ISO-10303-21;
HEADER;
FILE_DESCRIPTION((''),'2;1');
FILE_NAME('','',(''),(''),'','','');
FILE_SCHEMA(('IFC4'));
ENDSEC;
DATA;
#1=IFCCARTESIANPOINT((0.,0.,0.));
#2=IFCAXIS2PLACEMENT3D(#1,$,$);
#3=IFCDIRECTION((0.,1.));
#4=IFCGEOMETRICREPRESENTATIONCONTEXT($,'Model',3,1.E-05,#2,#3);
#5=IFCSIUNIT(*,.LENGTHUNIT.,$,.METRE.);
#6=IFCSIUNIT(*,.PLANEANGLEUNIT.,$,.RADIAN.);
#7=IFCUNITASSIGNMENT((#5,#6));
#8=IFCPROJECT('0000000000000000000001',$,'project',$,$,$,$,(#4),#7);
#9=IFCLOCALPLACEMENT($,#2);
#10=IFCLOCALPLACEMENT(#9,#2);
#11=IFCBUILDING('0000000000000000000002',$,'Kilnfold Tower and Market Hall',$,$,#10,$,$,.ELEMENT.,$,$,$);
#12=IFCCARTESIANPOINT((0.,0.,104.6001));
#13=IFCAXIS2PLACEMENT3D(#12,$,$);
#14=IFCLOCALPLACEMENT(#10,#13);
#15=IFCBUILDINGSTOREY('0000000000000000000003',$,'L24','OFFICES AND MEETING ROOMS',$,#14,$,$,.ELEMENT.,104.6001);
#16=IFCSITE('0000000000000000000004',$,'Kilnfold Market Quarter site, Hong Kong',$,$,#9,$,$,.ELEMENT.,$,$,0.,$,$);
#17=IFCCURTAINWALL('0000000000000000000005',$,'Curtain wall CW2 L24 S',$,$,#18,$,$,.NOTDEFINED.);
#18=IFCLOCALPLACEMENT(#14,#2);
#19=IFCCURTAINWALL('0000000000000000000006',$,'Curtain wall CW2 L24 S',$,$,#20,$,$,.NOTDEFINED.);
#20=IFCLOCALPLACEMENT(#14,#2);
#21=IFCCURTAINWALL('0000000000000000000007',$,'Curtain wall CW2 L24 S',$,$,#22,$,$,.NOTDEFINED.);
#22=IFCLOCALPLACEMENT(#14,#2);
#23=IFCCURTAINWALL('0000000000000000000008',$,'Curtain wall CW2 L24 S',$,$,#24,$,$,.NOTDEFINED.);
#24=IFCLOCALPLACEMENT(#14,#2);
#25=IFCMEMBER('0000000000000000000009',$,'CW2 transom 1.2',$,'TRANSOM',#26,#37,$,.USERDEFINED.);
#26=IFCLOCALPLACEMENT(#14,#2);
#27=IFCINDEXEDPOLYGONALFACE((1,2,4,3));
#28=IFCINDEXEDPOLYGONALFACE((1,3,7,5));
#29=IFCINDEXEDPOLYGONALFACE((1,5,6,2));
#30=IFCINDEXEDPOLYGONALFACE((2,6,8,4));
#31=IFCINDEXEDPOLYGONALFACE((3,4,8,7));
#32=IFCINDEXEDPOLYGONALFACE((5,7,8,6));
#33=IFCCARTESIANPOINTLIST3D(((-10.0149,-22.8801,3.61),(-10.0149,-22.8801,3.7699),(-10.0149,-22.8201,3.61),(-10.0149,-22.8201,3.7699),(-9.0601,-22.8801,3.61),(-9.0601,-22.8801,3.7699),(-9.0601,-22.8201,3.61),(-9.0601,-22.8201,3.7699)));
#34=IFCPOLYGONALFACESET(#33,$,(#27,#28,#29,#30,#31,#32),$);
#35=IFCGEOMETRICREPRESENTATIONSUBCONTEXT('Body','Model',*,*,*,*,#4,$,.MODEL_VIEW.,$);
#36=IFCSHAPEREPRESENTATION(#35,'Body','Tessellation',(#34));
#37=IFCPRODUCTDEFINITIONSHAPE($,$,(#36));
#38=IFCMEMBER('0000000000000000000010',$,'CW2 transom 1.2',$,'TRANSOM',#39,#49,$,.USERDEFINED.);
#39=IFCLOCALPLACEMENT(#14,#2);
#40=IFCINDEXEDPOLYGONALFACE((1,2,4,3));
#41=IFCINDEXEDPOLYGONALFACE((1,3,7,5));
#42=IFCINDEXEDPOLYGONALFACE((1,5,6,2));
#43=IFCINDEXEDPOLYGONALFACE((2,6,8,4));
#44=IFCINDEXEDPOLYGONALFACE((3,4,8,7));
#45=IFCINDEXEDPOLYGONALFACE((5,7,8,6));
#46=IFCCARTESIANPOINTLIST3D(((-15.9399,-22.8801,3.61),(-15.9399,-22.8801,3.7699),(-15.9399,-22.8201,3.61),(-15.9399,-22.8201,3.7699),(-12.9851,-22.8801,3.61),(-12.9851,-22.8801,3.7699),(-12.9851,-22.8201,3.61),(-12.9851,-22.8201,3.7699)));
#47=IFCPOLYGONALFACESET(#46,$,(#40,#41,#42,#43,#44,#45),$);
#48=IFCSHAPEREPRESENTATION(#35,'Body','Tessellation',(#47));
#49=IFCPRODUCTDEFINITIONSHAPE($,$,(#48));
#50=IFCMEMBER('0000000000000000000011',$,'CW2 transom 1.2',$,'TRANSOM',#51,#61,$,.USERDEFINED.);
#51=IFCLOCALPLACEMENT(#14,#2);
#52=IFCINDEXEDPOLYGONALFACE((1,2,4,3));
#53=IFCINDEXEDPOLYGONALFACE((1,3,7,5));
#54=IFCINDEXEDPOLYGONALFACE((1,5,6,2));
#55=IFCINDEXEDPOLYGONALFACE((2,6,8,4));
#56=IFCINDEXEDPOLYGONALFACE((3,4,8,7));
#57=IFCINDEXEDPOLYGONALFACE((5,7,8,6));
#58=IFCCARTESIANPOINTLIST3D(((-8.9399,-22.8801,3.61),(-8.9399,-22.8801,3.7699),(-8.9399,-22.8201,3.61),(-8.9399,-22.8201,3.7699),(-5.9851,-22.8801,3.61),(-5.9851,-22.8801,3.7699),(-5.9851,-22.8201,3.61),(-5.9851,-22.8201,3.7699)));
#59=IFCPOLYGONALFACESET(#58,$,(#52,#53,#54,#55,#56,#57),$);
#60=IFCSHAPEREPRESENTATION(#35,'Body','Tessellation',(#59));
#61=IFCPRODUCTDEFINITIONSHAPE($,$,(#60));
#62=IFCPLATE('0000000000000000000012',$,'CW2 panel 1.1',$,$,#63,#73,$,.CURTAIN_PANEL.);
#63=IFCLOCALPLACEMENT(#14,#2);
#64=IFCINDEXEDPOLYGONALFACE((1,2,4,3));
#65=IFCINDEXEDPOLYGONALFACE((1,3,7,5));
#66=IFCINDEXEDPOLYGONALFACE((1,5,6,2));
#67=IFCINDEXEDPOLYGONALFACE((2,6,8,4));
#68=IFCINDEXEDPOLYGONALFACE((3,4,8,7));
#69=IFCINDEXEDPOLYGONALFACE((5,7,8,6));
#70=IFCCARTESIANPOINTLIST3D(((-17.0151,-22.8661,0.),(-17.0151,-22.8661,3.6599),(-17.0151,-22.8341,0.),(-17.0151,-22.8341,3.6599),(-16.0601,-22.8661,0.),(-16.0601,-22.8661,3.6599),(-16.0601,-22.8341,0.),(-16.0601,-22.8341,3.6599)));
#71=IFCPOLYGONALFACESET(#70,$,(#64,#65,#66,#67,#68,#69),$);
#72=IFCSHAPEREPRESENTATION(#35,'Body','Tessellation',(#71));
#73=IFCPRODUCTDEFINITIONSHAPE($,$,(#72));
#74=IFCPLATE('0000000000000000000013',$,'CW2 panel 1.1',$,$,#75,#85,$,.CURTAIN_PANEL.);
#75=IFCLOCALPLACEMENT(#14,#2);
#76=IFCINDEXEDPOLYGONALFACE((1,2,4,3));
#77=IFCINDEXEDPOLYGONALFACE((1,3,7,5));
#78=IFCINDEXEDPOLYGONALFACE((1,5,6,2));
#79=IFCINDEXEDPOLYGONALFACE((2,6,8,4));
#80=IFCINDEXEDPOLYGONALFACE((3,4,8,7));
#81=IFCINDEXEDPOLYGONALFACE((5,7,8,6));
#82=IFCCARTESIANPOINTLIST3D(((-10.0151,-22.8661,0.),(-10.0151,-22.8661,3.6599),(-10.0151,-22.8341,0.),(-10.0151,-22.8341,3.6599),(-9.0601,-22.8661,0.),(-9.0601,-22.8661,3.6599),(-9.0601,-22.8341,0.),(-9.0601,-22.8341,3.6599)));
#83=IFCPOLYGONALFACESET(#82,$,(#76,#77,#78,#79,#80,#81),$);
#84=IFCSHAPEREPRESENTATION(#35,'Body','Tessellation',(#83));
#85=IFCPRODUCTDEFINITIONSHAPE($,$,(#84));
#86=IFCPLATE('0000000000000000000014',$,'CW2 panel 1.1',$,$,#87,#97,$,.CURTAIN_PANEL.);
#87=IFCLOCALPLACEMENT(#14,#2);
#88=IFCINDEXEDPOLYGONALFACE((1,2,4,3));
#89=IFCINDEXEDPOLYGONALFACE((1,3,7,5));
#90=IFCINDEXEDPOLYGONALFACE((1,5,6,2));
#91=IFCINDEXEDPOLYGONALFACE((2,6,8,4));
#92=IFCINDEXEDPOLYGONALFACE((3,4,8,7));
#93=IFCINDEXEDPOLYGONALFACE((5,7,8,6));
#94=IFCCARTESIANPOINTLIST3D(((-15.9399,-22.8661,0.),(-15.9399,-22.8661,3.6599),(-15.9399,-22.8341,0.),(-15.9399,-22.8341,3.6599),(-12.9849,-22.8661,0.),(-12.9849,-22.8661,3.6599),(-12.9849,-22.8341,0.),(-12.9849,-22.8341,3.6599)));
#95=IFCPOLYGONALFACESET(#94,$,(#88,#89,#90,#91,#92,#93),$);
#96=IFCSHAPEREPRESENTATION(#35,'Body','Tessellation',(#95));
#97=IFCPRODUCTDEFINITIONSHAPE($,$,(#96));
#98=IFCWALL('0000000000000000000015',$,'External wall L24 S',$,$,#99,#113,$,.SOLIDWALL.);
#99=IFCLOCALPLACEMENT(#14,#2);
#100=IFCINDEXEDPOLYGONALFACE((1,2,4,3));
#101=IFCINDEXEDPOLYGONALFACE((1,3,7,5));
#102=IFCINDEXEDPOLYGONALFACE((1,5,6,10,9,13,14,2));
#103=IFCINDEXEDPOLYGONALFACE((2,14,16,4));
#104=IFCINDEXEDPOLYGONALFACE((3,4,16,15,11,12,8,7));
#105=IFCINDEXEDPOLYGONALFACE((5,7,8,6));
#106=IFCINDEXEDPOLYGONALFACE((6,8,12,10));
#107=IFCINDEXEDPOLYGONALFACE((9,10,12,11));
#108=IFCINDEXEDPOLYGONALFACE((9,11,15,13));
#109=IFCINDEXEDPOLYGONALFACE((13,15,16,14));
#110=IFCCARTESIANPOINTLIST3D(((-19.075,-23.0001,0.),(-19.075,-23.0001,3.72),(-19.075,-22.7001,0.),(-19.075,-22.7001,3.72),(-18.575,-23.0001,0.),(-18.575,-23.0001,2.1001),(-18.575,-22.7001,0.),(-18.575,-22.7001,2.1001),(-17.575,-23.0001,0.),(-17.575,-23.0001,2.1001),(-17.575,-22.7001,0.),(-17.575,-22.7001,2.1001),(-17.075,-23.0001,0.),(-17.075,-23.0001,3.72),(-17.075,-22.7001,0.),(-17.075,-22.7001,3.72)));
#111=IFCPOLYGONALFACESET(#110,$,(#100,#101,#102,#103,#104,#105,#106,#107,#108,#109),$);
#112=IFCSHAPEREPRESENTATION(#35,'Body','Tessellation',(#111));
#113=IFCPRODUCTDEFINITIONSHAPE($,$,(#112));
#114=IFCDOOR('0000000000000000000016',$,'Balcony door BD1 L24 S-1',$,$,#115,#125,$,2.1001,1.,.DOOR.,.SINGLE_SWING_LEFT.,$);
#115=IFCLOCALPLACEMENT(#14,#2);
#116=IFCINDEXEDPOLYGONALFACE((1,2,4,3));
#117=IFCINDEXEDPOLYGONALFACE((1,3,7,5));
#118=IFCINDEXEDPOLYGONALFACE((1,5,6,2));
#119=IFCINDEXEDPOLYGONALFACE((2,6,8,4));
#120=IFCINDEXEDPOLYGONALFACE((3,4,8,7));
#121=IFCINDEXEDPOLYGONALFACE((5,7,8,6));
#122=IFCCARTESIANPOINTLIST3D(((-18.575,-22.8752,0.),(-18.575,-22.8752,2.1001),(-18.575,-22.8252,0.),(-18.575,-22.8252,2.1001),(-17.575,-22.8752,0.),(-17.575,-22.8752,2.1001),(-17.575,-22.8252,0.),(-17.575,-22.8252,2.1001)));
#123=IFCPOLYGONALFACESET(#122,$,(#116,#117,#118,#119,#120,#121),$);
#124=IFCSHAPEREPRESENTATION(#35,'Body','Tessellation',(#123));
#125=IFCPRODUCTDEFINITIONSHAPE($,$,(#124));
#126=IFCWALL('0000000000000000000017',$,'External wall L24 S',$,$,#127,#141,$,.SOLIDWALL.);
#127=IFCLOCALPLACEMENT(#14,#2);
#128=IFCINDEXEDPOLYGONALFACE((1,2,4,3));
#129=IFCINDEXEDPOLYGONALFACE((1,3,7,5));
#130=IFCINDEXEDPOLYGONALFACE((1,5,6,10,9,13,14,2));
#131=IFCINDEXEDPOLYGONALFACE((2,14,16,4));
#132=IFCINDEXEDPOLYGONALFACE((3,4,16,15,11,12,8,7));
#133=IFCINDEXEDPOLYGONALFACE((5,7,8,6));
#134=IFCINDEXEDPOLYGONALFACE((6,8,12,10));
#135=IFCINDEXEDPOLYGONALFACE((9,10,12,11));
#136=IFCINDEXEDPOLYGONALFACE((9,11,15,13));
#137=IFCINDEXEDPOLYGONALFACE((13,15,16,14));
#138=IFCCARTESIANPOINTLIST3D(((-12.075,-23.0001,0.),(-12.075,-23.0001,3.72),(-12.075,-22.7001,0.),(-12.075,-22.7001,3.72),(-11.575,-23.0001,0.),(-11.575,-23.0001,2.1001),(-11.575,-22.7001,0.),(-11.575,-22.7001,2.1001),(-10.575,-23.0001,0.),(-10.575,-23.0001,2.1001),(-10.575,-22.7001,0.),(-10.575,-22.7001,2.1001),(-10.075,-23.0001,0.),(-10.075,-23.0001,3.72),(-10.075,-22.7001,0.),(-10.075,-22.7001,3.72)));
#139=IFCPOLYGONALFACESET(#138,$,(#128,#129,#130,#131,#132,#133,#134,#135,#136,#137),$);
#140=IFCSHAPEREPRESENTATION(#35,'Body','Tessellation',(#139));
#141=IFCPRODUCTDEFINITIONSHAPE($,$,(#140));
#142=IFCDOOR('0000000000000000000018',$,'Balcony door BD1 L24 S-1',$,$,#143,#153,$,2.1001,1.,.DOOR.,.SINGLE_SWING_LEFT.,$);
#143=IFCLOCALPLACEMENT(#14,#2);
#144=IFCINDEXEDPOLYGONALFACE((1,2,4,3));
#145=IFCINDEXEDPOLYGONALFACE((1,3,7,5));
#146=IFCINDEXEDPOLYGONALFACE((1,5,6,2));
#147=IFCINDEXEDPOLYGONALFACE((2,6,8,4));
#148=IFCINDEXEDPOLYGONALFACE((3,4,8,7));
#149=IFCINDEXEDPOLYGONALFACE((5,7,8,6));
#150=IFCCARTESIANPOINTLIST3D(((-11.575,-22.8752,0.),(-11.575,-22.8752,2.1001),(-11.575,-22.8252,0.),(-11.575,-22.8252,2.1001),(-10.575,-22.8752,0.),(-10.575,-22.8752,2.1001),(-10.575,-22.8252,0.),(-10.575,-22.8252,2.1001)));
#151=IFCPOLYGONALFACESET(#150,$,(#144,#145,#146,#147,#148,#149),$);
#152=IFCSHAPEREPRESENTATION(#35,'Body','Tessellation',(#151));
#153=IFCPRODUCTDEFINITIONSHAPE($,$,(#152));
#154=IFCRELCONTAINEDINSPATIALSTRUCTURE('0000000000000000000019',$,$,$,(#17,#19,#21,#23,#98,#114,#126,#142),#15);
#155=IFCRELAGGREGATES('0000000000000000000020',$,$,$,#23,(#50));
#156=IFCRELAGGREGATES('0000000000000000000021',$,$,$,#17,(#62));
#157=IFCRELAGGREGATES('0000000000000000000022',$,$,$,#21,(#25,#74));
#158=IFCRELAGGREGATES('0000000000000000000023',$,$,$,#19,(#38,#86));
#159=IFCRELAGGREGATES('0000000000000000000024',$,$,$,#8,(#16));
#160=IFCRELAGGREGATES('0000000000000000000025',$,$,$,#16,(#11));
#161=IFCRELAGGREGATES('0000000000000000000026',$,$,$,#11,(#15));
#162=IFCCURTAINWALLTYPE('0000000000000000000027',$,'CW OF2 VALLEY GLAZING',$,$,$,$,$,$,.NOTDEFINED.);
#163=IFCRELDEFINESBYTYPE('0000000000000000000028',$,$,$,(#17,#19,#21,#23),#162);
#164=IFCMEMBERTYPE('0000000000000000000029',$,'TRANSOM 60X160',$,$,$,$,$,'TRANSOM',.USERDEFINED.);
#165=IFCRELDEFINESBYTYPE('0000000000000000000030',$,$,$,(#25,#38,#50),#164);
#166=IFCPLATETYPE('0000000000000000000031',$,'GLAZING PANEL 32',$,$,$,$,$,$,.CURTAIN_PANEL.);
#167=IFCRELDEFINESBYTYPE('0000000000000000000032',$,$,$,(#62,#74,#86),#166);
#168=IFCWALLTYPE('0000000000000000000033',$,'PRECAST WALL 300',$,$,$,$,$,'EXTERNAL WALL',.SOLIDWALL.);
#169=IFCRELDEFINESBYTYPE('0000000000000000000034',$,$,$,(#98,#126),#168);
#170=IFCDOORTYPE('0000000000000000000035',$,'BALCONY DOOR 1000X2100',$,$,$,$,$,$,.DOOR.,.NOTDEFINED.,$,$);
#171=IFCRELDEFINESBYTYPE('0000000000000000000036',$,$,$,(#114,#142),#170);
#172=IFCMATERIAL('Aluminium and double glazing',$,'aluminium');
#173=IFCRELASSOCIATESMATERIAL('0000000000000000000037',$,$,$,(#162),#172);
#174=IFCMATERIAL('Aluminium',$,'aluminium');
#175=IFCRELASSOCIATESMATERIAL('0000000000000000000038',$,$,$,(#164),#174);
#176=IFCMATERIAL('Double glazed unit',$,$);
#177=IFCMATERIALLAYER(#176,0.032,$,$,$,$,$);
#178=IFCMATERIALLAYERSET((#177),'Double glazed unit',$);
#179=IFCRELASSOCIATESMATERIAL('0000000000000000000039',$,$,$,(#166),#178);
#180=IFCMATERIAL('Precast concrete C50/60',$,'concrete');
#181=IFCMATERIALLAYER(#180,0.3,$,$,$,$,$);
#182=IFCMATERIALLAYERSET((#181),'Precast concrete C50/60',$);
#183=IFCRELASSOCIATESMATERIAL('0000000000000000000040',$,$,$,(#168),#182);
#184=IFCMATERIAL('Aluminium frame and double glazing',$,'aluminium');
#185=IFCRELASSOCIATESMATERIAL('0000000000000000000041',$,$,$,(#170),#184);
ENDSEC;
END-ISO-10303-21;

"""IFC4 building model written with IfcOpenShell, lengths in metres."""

from ifc_helpers import new_model, si_unit, direction, frame, frame_2d, origin, origin_2d, place, context, subcontext, project, spatial, rectangle, extrude, source, transform, mapped, material, layer, layer_set, material_profile, profile_set, type_object, element, fill, aggregate, save


model = new_model("IFC4")

# Units and contexts
model_context = context("Model", 3, precision=1e-05, world=origin(), true_north=direction((0.0, 1.0)))
body_context = subcontext(model_context, "Body", "Model", "MODEL_VIEW")
ifc_project = project(units=[si_unit("LENGTHUNIT", "METRE"), si_unit("PLANEANGLEUNIT", "RADIAN")], contexts=[model_context])

# Site, building, storey
site_placement = place(None, origin())
site = spatial("IfcSite", under=ifc_project, at=site_placement, Name="Kilnfold Market Quarter site, Hong Kong", CompositionType="ELEMENT", RefElevation=0.0)
building_placement = place(site_placement, origin())
building = spatial("IfcBuilding", under=site, at=building_placement, Name="Kilnfold Tower and Market Hall", CompositionType="ELEMENT")
storey_placement = place(building_placement, frame((0.0, 0.0, 104.6001)))
storey = spatial("IfcBuildingStorey", under=building, at=storey_placement, Name="L24", Description="OFFICES AND MEETING ROOMS", CompositionType="ELEMENT", Elevation=104.6001)

# Curtain walls
ifc_material_1 = material(Name="Aluminium and double glazing", Category="aluminium")
curtain_wall_type = type_object("IfcCurtainWallType", Name="CW OF2 VALLEY GLAZING", PredefinedType="NOTDEFINED", material=ifc_material_1)
curtain_wall_1_placement = place(storey_placement, origin())
curtain_wall_1 = element("IfcCurtainWall", 1, at=curtain_wall_1_placement, inside=storey, type_object=curtain_wall_type, Name="Curtain wall CW2 L24 S", PredefinedType="NOTDEFINED")
curtain_wall_2_placement = place(storey_placement, origin())
curtain_wall_2 = element("IfcCurtainWall", 2, at=curtain_wall_2_placement, inside=storey, type_object=curtain_wall_type, Name="Curtain wall CW2 L24 S", PredefinedType="NOTDEFINED")
curtain_wall_3_placement = place(storey_placement, origin())
curtain_wall_3 = element("IfcCurtainWall", 3, at=curtain_wall_3_placement, inside=storey, type_object=curtain_wall_type, Name="Curtain wall CW2 L24 S", PredefinedType="NOTDEFINED")

# Curtain wall
curtain_wall_4_placement = place(storey_placement, origin())
curtain_wall_4 = element("IfcCurtainWall", 4, at=curtain_wall_4_placement, inside=storey, type_object=curtain_wall_type, Name="Curtain wall CW2 L24 S", PredefinedType="NOTDEFINED")

# Members
ifc_material_2 = material(Name="Aluminium", Category="aluminium")
ifc_material_profile_1 = material_profile(ifc_material_2, rectangle(XDim=0.0601, YDim=0.1599, at=origin_2d()), Name="TRANSOM 60x160")
ifc_profile_set_1 = profile_set([ifc_material_profile_1], Name="Aluminium")
member_type_1 = type_object("IfcMemberType", Name="TRANSOM 60X160", ElementType="TRANSOM", PredefinedType="USERDEFINED", material=ifc_profile_set_1)
shared_shape_1 = source(origin(), body_context, "Body", "SweptSolid", [
    extrude(rectangle(XDim=0.0601, YDim=0.1599, at=origin_2d()), origin(), (0.0, 0.0, 1.0), 0.9548),
])
member_1_placement = place(storey_placement, frame((-10.0149, -22.8501, 3.6899), z_axis=(1.0, 0.0, 0.0), x_axis=(0.0, 1.0, 0.0)))
member_1 = element("IfcMember", 5, at=member_1_placement, type_object=member_type_1, Name="CW2 transom 1.2", ObjectType="TRANSOM", PredefinedType="USERDEFINED", context=body_context, shape_type="MappedRepresentation", body=[
    mapped(shared_shape_1, transform((0.0, 0.0, 0.0))),
])
shared_shape_2 = source(origin(), body_context, "Body", "SweptSolid", [
    extrude(rectangle(XDim=0.0601, YDim=0.1599, at=origin_2d()), origin(), (0.0, 0.0, 1.0), 2.9548),
])
member_2_placement = place(storey_placement, frame((-15.9399, -22.8501, 3.6899), z_axis=(1.0, 0.0, 0.0), x_axis=(0.0, 1.0, 0.0)))
member_2 = element("IfcMember", 6, at=member_2_placement, type_object=member_type_1, Name="CW2 transom 1.2", ObjectType="TRANSOM", PredefinedType="USERDEFINED", context=body_context, shape_type="MappedRepresentation", body=[
    mapped(shared_shape_2, transform((0.0, 0.0, 0.0))),
])
member_3_placement = place(storey_placement, frame((-8.9399, -22.8501, 3.6899), z_axis=(1.0, 0.0, 0.0), x_axis=(0.0, 1.0, 0.0)))
member_3 = element("IfcMember", 7, at=member_3_placement, type_object=member_type_1, Name="CW2 transom 1.2", ObjectType="TRANSOM", PredefinedType="USERDEFINED", context=body_context, shape_type="MappedRepresentation", body=[
    mapped(shared_shape_2, transform((0.0, 0.0, 0.0))),
])
aggregate(curtain_wall_4, [member_3])

# Plates
ifc_material_3 = material(Name="Double glazed unit")
ifc_layer_1 = layer(ifc_material_3, 0.032)
ifc_layer_set_1 = layer_set([ifc_layer_1], Name="Double glazed unit")
plate_type = type_object("IfcPlateType", Name="GLAZING PANEL 32", PredefinedType="CURTAIN_PANEL", material=ifc_layer_set_1)
shared_shape_3 = source(origin(), body_context, "Body", "SweptSolid", [
    extrude(rectangle(XDim=0.9551, YDim=0.032, at=origin_2d()), origin(), (0.0, 0.0, 1.0), 3.6599),
])
plate_1_placement = place(storey_placement, frame((-16.5376, -22.8501, 0.0), z_axis=(0.0, 0.0, 1.0), x_axis=(1.0, 0.0, 0.0)))
plate_1 = element("IfcPlate", 8, at=plate_1_placement, type_object=plate_type, Name="CW2 panel 1.1", PredefinedType="CURTAIN_PANEL", context=body_context, shape_type="MappedRepresentation", body=[
    mapped(shared_shape_3, transform((0.0, 0.0, 0.0))),
])
aggregate(curtain_wall_1, [plate_1])
plate_2_placement = place(storey_placement, frame((-9.5376, -22.8501, 0.0), z_axis=(0.0, 0.0, 1.0), x_axis=(1.0, 0.0, 0.0)))
plate_2 = element("IfcPlate", 9, at=plate_2_placement, type_object=plate_type, Name="CW2 panel 1.1", PredefinedType="CURTAIN_PANEL", context=body_context, shape_type="MappedRepresentation", body=[
    mapped(shared_shape_3, transform((0.0, 0.0, 0.0))),
])
aggregate(curtain_wall_3, [member_1, plate_2])
shared_shape_4 = source(origin(), body_context, "Body", "SweptSolid", [
    extrude(rectangle(XDim=2.9551, YDim=0.032, at=origin_2d()), origin(), (0.0, 0.0, 1.0), 3.6599),
])
plate_3_placement = place(storey_placement, frame((-14.4624, -22.8501, 0.0), z_axis=(0.0, 0.0, 1.0), x_axis=(1.0, 0.0, 0.0)))
plate_3 = element("IfcPlate", 10, at=plate_3_placement, type_object=plate_type, Name="CW2 panel 1.1", PredefinedType="CURTAIN_PANEL", context=body_context, shape_type="MappedRepresentation", body=[
    mapped(shared_shape_4, transform((0.0, 0.0, 0.0))),
])
aggregate(curtain_wall_2, [member_2, plate_3])

# Walls, openings, doors
ifc_material_4 = material(Name="Precast concrete C50/60", Category="concrete")
ifc_layer_2 = layer(ifc_material_4, 0.3)
ifc_layer_set_2 = layer_set([ifc_layer_2], Name="Precast concrete C50/60")
wall_type = type_object("IfcWallType", Name="PRECAST WALL 300", ElementType="EXTERNAL WALL", PredefinedType="SOLIDWALL", material=ifc_layer_set_2)
shared_shape_5 = source(origin(), body_context, "Body", "SweptSolid", [
    extrude(rectangle(XDim=2.0, YDim=0.3, at=frame_2d((1.0, 0.0))), origin(), (0.0, 0.0, 1.0), 3.72),
])
wall_1_placement = place(storey_placement, frame((-19.075, -22.8501, 0.0), z_axis=(0.0, 0.0, 1.0), x_axis=(1.0, 0.0, 0.0)))
wall_1 = element("IfcWall", 11, at=wall_1_placement, inside=storey, type_object=wall_type, Name="External wall L24 S", PredefinedType="SOLIDWALL", context=body_context, shape_type="MappedRepresentation", body=[
    mapped(shared_shape_5, transform((0.0, 0.0, 0.0))),
])
opening_1_placement = place(wall_1_placement, frame((0.5, 0.0, 0.0)))
opening_1 = element("IfcOpeningElement", 12, at=opening_1_placement, cuts=wall_1, PredefinedType="OPENING", context=body_context, shape_type="SweptSolid", body=[
    extrude(rectangle(XDim=1.0, YDim=2.1001, at=frame_2d((0.5, 1.05))), frame((0.0, 0.1602, 0.0), z_axis=(0.0, -1.0, 0.0), x_axis=(1.0, 0.0, 0.0)), (0.0, 0.0, 1.0), 0.3201),
])
ifc_material_5 = material(Name="Aluminium frame and double glazing", Category="aluminium")
door_type = type_object("IfcDoorType", Name="BALCONY DOOR 1000X2100", OperationType="NOTDEFINED", PredefinedType="DOOR", material=ifc_material_5)
door_1_placement = place(opening_1_placement, origin())
door_1 = element("IfcDoor", 13, at=door_1_placement, inside=storey, type_object=door_type, Name="Balcony door BD1 L24 S-1", OperationType="SINGLE_SWING_LEFT", OverallHeight=2.1001, OverallWidth=1.0, PredefinedType="DOOR", context=body_context, shape_type="SweptSolid", body=[
    extrude(rectangle(XDim=1.0, YDim=2.1001, at=frame_2d((0.5, 1.05))), frame((0.0, 0.0249, 0.0), z_axis=(0.0, -1.0, 0.0), x_axis=(1.0, 0.0, 0.0)), (0.0, 0.0, 1.0), 0.05),
])
fill(opening_1, door_1)
wall_2_placement = place(storey_placement, frame((-12.075, -22.8501, 0.0), z_axis=(0.0, 0.0, 1.0), x_axis=(1.0, 0.0, 0.0)))
wall_2 = element("IfcWall", 14, at=wall_2_placement, inside=storey, type_object=wall_type, Name="External wall L24 S", PredefinedType="SOLIDWALL", context=body_context, shape_type="MappedRepresentation", body=[
    mapped(shared_shape_5, transform((0.0, 0.0, 0.0))),
])
opening_2_placement = place(wall_2_placement, frame((0.5, 0.0, 0.0)))
opening_2 = element("IfcOpeningElement", 15, at=opening_2_placement, cuts=wall_2, PredefinedType="OPENING", context=body_context, shape_type="SweptSolid", body=[
    extrude(rectangle(XDim=1.0, YDim=2.1001, at=frame_2d((0.5, 1.05))), frame((0.0, 0.1602, 0.0), z_axis=(0.0, -1.0, 0.0), x_axis=(1.0, 0.0, 0.0)), (0.0, 0.0, 1.0), 0.3201),
])
door_2_placement = place(opening_2_placement, origin())
door_2 = element("IfcDoor", 16, at=door_2_placement, inside=storey, type_object=door_type, Name="Balcony door BD1 L24 S-1", OperationType="SINGLE_SWING_LEFT", OverallHeight=2.1001, OverallWidth=1.0, PredefinedType="DOOR", context=body_context, shape_type="SweptSolid", body=[
    extrude(rectangle(XDim=1.0, YDim=2.1001, at=frame_2d((0.5, 1.05))), frame((0.0, 0.0249, 0.0), z_axis=(0.0, -1.0, 0.0), x_axis=(1.0, 0.0, 0.0)), (0.0, 0.0, 1.0), 0.05),
])
fill(opening_2, door_2)

save(model, "model.ifc")
